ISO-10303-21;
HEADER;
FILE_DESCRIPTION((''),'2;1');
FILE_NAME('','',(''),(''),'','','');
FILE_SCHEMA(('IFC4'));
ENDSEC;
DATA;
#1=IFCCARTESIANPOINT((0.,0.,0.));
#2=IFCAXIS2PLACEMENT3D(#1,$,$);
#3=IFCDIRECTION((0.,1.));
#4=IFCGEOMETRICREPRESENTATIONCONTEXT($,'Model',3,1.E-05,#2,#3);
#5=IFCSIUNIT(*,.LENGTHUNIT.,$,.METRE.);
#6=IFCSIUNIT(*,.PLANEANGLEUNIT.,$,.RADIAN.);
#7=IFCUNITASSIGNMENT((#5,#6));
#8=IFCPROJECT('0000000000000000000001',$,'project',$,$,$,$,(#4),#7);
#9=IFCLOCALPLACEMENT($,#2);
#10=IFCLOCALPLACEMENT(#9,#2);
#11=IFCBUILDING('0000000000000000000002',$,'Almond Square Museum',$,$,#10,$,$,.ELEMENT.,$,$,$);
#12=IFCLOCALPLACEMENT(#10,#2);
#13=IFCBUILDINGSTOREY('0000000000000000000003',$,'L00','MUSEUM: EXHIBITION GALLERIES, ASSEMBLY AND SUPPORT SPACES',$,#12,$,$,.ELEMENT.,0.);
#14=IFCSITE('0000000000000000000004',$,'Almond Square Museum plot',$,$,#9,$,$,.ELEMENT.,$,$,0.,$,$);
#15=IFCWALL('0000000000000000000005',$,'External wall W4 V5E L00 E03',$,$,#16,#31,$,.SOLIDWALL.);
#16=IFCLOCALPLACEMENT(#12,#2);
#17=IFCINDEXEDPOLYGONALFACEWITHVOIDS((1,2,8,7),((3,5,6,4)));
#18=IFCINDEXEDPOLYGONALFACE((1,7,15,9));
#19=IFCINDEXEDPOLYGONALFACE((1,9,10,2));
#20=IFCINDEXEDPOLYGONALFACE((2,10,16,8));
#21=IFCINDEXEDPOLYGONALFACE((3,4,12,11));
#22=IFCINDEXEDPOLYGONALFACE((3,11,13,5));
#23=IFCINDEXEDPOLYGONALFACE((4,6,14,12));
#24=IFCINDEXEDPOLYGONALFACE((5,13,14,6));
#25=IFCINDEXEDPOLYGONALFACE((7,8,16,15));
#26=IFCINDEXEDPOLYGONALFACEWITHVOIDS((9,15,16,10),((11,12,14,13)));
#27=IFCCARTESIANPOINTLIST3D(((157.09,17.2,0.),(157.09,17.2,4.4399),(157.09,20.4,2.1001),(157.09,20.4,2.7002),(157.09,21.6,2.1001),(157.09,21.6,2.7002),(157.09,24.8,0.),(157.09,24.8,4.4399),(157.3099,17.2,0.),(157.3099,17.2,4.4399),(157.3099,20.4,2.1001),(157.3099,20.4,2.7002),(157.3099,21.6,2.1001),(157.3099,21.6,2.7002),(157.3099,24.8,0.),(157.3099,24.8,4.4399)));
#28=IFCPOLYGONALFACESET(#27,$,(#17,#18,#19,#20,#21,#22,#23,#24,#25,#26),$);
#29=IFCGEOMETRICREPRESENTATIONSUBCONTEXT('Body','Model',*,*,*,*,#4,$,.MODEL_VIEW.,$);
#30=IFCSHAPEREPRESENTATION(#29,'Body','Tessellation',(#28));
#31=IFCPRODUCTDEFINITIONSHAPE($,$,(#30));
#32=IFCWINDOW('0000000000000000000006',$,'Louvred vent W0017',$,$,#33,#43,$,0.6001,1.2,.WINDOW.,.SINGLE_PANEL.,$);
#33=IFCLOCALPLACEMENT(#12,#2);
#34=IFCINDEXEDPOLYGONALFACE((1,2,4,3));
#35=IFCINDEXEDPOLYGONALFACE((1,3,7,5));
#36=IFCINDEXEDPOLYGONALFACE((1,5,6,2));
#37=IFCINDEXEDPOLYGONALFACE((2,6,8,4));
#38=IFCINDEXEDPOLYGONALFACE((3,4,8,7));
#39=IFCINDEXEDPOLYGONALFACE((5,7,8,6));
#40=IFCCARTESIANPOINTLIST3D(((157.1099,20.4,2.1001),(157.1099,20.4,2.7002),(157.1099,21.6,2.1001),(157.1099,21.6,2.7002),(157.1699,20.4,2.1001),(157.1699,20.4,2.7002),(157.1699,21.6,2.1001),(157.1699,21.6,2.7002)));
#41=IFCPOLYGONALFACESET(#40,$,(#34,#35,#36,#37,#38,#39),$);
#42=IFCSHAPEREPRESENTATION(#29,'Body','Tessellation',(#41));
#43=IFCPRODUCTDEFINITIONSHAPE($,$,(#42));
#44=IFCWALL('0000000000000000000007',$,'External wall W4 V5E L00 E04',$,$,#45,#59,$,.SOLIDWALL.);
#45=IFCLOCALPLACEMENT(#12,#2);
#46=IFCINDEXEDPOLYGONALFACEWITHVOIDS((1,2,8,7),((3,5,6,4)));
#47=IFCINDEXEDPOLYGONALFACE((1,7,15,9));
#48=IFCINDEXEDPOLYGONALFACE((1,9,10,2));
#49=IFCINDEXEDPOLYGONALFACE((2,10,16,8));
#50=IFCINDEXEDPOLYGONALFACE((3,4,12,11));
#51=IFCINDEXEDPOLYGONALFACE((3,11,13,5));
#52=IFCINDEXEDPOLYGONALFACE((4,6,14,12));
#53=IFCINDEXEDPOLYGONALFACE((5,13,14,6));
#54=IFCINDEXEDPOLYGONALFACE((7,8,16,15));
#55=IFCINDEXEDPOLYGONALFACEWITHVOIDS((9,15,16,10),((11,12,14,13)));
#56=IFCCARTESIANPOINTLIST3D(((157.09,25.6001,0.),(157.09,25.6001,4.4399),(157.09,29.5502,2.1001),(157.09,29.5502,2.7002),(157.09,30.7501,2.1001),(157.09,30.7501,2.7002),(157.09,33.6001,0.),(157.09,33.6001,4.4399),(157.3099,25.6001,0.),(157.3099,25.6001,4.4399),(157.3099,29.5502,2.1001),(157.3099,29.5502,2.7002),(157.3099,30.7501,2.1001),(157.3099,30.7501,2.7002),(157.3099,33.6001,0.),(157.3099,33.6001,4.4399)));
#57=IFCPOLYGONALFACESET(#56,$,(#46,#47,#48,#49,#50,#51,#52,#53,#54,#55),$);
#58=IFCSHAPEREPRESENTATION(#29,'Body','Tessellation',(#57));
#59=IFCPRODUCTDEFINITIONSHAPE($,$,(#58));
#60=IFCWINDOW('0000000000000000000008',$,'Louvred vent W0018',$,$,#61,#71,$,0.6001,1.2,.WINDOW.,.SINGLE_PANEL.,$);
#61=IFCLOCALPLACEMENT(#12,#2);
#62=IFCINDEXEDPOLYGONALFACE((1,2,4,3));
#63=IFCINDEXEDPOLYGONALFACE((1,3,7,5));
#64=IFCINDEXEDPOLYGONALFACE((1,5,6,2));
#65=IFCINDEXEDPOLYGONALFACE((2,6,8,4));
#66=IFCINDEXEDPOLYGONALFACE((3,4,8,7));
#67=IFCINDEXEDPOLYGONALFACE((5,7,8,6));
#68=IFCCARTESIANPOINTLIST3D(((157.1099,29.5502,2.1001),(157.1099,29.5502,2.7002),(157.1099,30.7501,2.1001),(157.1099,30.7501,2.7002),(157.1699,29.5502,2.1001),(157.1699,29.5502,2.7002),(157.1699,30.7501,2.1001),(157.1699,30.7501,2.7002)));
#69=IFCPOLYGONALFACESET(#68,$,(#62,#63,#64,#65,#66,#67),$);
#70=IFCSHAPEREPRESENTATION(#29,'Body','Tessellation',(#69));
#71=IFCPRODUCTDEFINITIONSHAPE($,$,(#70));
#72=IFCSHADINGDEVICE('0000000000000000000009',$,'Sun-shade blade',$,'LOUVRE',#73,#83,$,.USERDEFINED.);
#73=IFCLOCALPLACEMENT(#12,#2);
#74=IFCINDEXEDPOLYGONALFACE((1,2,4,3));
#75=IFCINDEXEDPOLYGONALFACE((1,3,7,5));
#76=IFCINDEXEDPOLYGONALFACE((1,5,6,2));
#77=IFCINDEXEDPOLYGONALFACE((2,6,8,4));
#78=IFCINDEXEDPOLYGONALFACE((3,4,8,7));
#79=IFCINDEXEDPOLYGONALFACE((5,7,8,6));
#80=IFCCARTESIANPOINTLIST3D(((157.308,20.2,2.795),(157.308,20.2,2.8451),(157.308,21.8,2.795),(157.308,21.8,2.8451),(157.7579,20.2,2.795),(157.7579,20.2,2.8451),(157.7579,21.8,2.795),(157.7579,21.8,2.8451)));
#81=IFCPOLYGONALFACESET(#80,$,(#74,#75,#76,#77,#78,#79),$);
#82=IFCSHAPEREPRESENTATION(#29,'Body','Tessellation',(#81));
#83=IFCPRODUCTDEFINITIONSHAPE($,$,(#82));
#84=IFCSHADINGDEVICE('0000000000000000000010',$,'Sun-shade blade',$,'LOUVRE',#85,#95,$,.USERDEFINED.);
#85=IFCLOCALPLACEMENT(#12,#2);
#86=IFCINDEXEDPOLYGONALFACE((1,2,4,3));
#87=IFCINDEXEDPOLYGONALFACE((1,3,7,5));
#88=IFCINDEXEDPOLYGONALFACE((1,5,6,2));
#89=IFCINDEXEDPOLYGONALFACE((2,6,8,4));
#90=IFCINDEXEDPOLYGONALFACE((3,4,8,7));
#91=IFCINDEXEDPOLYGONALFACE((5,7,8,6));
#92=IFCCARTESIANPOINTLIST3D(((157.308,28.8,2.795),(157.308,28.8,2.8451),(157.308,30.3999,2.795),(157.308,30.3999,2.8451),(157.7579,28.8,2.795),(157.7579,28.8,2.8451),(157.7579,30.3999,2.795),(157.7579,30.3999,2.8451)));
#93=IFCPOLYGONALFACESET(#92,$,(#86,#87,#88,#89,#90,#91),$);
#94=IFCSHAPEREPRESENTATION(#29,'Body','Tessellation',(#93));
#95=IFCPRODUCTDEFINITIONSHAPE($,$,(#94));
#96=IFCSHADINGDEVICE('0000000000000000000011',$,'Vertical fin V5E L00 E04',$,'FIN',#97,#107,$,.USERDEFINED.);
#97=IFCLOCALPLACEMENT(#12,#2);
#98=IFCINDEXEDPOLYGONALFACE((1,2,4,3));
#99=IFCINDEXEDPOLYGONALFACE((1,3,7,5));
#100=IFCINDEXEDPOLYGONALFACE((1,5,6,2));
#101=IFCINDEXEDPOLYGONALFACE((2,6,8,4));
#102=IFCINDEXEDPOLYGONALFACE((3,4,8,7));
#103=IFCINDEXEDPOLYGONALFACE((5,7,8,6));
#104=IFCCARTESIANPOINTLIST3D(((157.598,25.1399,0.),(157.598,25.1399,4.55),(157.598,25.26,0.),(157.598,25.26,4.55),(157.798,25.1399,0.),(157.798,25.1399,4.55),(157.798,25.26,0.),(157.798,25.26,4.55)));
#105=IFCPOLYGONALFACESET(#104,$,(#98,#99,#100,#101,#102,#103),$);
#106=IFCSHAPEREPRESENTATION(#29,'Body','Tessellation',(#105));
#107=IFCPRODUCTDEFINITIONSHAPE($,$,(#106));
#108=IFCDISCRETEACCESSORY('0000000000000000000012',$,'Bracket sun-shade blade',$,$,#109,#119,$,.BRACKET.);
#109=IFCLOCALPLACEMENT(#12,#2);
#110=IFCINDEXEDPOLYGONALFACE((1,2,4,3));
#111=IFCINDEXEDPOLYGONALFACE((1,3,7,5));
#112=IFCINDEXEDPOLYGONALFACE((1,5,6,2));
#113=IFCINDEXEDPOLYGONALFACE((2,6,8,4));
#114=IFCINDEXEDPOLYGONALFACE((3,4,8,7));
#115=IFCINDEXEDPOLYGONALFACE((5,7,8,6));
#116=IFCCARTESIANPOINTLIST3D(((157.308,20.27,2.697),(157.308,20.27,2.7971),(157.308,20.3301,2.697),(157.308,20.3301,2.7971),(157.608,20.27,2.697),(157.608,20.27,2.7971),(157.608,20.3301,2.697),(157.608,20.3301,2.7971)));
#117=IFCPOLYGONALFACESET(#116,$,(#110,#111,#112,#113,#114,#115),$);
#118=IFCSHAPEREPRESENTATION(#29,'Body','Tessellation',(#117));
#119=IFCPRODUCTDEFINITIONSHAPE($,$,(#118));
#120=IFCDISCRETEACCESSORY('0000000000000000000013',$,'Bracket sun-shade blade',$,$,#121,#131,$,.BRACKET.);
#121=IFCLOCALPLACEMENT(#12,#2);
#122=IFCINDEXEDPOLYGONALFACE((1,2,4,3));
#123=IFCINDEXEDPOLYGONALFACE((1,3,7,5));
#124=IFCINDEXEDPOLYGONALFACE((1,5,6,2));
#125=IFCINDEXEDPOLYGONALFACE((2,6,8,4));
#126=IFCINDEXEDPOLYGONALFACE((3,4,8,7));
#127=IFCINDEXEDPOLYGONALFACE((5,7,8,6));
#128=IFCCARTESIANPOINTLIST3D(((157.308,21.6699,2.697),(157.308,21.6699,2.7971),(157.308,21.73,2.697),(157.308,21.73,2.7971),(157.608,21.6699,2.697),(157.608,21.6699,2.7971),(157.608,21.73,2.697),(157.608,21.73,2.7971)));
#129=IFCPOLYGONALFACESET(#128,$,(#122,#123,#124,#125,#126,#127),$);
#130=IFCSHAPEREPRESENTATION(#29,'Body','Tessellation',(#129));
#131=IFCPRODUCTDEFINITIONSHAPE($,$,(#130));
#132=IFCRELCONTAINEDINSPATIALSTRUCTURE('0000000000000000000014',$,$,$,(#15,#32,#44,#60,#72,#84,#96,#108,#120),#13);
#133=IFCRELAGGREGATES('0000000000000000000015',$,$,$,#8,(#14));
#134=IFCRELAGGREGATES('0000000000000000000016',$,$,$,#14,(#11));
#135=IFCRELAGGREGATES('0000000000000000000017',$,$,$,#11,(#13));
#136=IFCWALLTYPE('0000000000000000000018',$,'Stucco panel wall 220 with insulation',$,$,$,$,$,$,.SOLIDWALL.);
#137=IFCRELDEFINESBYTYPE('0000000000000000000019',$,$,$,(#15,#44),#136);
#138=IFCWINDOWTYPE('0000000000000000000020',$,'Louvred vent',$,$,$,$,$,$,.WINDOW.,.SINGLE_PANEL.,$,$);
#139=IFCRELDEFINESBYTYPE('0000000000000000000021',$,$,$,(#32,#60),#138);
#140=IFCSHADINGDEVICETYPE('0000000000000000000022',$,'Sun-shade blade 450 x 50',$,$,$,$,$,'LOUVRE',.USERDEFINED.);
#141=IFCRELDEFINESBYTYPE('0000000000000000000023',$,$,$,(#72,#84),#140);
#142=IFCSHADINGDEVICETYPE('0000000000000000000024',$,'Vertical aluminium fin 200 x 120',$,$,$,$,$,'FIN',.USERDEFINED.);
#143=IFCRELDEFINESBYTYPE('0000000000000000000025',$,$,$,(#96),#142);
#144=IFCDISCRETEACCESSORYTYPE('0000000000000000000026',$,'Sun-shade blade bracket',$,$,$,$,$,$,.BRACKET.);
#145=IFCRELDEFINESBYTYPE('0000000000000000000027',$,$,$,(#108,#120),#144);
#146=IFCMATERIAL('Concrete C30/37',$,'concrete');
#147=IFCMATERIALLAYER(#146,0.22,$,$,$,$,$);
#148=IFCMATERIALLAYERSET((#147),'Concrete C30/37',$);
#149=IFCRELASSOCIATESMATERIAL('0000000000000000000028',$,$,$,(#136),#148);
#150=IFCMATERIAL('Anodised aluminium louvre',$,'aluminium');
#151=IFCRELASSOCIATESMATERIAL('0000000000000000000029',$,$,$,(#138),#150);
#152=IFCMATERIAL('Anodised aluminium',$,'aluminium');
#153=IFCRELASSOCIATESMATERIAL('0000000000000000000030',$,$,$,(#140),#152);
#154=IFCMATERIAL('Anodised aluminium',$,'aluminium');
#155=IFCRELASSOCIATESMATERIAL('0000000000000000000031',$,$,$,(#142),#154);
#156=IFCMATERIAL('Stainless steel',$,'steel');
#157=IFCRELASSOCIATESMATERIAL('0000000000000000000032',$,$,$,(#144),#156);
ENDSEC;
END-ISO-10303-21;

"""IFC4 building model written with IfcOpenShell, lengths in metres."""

from ifc_helpers import new_model, si_unit, direction, frame, frame_2d, origin, origin_2d, place, context, subcontext, project, spatial, rectangle, extrude, material, layer, layer_set, material_profile, profile_set, type_object, element, fill, save


model = new_model("IFC4")

# Units and contexts
model_context = context("Model", 3, precision=1e-05, world=origin(), true_north=direction((0.0, 1.0)))
body_context = subcontext(model_context, "Body", "Model", "MODEL_VIEW")
ifc_project = project(units=[si_unit("LENGTHUNIT", "METRE"), si_unit("PLANEANGLEUNIT", "RADIAN")], contexts=[model_context])

# Site, building, storey
site_placement = place(None, origin())
site = spatial("IfcSite", under=ifc_project, at=site_placement, Name="Almond Square Museum plot", CompositionType="ELEMENT", RefElevation=0.0)
building_placement = place(site_placement, origin())
building = spatial("IfcBuilding", under=site, at=building_placement, Name="Almond Square Museum", CompositionType="ELEMENT")
storey_placement = place(building_placement, origin())
storey = spatial("IfcBuildingStorey", under=building, at=storey_placement, Name="L00", Description="MUSEUM: EXHIBITION GALLERIES, ASSEMBLY AND SUPPORT SPACES", CompositionType="ELEMENT", Elevation=0.0)

# Walls, openings, windows
ifc_material_1 = material(Name="Concrete C30/37", Category="concrete")
ifc_layer = layer(ifc_material_1, 0.22)
ifc_layer_set = layer_set([ifc_layer], Name="Concrete C30/37")
wall_type = type_object("IfcWallType", Name="Stucco panel wall 220 with insulation", PredefinedType="SOLIDWALL", material=ifc_layer_set)
wall_1_placement = place(storey_placement, frame((157.2, 17.2, 0.0), z_axis=(0.0, 0.0, 1.0), x_axis=(0.0, 1.0, 0.0)))
wall_1 = element("IfcWall", 1, at=wall_1_placement, inside=storey, type_object=wall_type, Name="External wall W4 V5E L00 E03", PredefinedType="SOLIDWALL", context=body_context, shape_type="SweptSolid", body=[
    extrude(rectangle(XDim=7.6001, YDim=0.22, at=frame_2d((3.8, 0.0))), origin(), (0.0, 0.0, 1.0), 4.4399),
])
opening_1_placement = place(wall_1_placement, frame((3.2, 0.0, 2.1001)))
opening_1 = element("IfcOpeningElement", 2, at=opening_1_placement, cuts=wall_1, PredefinedType="OPENING", context=body_context, shape_type="SweptSolid", body=[
    extrude(rectangle(XDim=1.2, YDim=0.6001, at=frame_2d((0.6001, 0.3))), frame((0.0, 0.1199, 0.0), z_axis=(0.0, -1.0, 0.0), x_axis=(1.0, 0.0, 0.0)), (0.0, 0.0, 1.0), 0.24),
])
ifc_material_2 = material(Name="Anodised aluminium louvre", Category="aluminium")
window_type = type_object("IfcWindowType", Name="Louvred vent", PartitioningType="SINGLE_PANEL", PredefinedType="WINDOW", material=ifc_material_2)
window_1_placement = place(opening_1_placement, origin())
window_1 = element("IfcWindow", 3, at=window_1_placement, inside=storey, type_object=window_type, Name="Louvred vent W0017", OverallHeight=0.6001, OverallWidth=1.2, PartitioningType="SINGLE_PANEL", PredefinedType="WINDOW", context=body_context, shape_type="SweptSolid", body=[
    extrude(rectangle(XDim=1.2, YDim=0.6001, at=frame_2d((0.6001, 0.3))), frame((0.0, 0.0901, 0.0), z_axis=(0.0, -1.0, 0.0), x_axis=(1.0, 0.0, 0.0)), (0.0, 0.0, 1.0), 0.0601),
])
fill(opening_1, window_1)
wall_2_placement = place(storey_placement, frame((157.2, 25.6001, 0.0), z_axis=(0.0, 0.0, 1.0), x_axis=(0.0, 1.0, 0.0)))
wall_2 = element("IfcWall", 4, at=wall_2_placement, inside=storey, type_object=wall_type, Name="External wall W4 V5E L00 E04", PredefinedType="SOLIDWALL", context=body_context, shape_type="SweptSolid", body=[
    extrude(rectangle(XDim=8.0, YDim=0.22, at=frame_2d((4.0, 0.0))), origin(), (0.0, 0.0, 1.0), 4.4399),
])
opening_2_placement = place(wall_2_placement, frame((3.95, 0.0, 2.1001)))
opening_2 = element("IfcOpeningElement", 5, at=opening_2_placement, cuts=wall_2, PredefinedType="OPENING", context=body_context, shape_type="SweptSolid", body=[
    extrude(rectangle(XDim=1.2, YDim=0.6001, at=frame_2d((0.6001, 0.3))), frame((0.0, 0.1199, 0.0), z_axis=(0.0, -1.0, 0.0), x_axis=(1.0, 0.0, 0.0)), (0.0, 0.0, 1.0), 0.24),
])
window_2_placement = place(opening_2_placement, origin())
window_2 = element("IfcWindow", 6, at=window_2_placement, inside=storey, type_object=window_type, Name="Louvred vent W0018", OverallHeight=0.6001, OverallWidth=1.2, PartitioningType="SINGLE_PANEL", PredefinedType="WINDOW", context=body_context, shape_type="SweptSolid", body=[
    extrude(rectangle(XDim=1.2, YDim=0.6001, at=frame_2d((0.6001, 0.3))), frame((0.0, 0.0901, 0.0), z_axis=(0.0, -1.0, 0.0), x_axis=(1.0, 0.0, 0.0)), (0.0, 0.0, 1.0), 0.0601),
])
fill(opening_2, window_2)

# Shading devices
ifc_material_3 = material(Name="Anodised aluminium", Category="aluminium")
ifc_material_profile_1 = material_profile(ifc_material_3, rectangle(XDim=0.45, YDim=0.05, at=origin_2d()))
ifc_profile_set_1 = profile_set([ifc_material_profile_1], Name="Anodised aluminium")
shading_device_type_1 = type_object("IfcShadingDeviceType", Name="Sun-shade blade 450 x 50", ElementType="LOUVRE", PredefinedType="USERDEFINED", material=ifc_profile_set_1)
shading_device_1_placement = place(storey_placement, frame((157.533, 20.2, 2.8201), z_axis=(0.0, 1.0, 0.0), x_axis=(-1.0, 0.0, 0.0)))
element("IfcShadingDevice", 7, at=shading_device_1_placement, inside=storey, type_object=shading_device_type_1, Name="Sun-shade blade", ObjectType="LOUVRE", PredefinedType="USERDEFINED", context=body_context, shape_type="SweptSolid", body=[
    extrude(rectangle(XDim=0.45, YDim=0.05, at=origin_2d()), origin(), (0.0, 0.0, 1.0), 1.6001),
])
shading_device_2_placement = place(storey_placement, frame((157.533, 28.8, 2.8201), z_axis=(0.0, 1.0, 0.0), x_axis=(-1.0, 0.0, 0.0)))
element("IfcShadingDevice", 8, at=shading_device_2_placement, inside=storey, type_object=shading_device_type_1, Name="Sun-shade blade", ObjectType="LOUVRE", PredefinedType="USERDEFINED", context=body_context, shape_type="SweptSolid", body=[
    extrude(rectangle(XDim=0.45, YDim=0.05, at=origin_2d()), origin(), (0.0, 0.0, 1.0), 1.5999),
])
ifc_material_4 = material(Name="Anodised aluminium", Category="aluminium")
ifc_material_profile_2 = material_profile(ifc_material_4, rectangle(XDim=0.2, YDim=0.1201, at=origin_2d()))
ifc_profile_set_2 = profile_set([ifc_material_profile_2], Name="Anodised aluminium")
shading_device_type_2 = type_object("IfcShadingDeviceType", Name="Vertical aluminium fin 200 x 120", ElementType="FIN", PredefinedType="USERDEFINED", material=ifc_profile_set_2)
shading_device_3_placement = place(storey_placement, frame((157.698, 25.2, 0.0), z_axis=(0.0, 0.0, 1.0), x_axis=(1.0, 0.0, 0.0)))
element("IfcShadingDevice", 9, at=shading_device_3_placement, inside=storey, type_object=shading_device_type_2, Name="Vertical fin V5E L00 E04", ObjectType="FIN", PredefinedType="USERDEFINED", context=body_context, shape_type="SweptSolid", body=[
    extrude(rectangle(XDim=0.2, YDim=0.1201, at=origin_2d()), origin(), (0.0, 0.0, 1.0), 4.55),
])

# Discrete accessories
ifc_material_5 = material(Name="Stainless steel", Category="steel")
discrete_accessory_type = type_object("IfcDiscreteAccessoryType", Name="Sun-shade blade bracket", PredefinedType="BRACKET", material=ifc_material_5)
for number, where, z_axis, x_axis, name in (
    (10, (157.458, 20.3, 2.697), (0.0, 0.0, 1.0), (1.0, 0.0, 0.0), "Bracket sun-shade blade"),
    (11, (157.458, 21.7, 2.697), (0.0, 0.0, 1.0), (1.0, 0.0, 0.0), "Bracket sun-shade blade"),
):
    element("IfcDiscreteAccessory", number, at=place(storey_placement, frame(where, z_axis=z_axis, x_axis=x_axis)), inside=storey, type_object=discrete_accessory_type, Name=name, PredefinedType="BRACKET", context=body_context, shape_type="SweptSolid", body=[
        extrude(rectangle(XDim=0.3, YDim=0.0601, at=origin_2d()), origin(), (0.0, 0.0, 1.0), 0.1001),
    ])

save(model, "model.ifc")
